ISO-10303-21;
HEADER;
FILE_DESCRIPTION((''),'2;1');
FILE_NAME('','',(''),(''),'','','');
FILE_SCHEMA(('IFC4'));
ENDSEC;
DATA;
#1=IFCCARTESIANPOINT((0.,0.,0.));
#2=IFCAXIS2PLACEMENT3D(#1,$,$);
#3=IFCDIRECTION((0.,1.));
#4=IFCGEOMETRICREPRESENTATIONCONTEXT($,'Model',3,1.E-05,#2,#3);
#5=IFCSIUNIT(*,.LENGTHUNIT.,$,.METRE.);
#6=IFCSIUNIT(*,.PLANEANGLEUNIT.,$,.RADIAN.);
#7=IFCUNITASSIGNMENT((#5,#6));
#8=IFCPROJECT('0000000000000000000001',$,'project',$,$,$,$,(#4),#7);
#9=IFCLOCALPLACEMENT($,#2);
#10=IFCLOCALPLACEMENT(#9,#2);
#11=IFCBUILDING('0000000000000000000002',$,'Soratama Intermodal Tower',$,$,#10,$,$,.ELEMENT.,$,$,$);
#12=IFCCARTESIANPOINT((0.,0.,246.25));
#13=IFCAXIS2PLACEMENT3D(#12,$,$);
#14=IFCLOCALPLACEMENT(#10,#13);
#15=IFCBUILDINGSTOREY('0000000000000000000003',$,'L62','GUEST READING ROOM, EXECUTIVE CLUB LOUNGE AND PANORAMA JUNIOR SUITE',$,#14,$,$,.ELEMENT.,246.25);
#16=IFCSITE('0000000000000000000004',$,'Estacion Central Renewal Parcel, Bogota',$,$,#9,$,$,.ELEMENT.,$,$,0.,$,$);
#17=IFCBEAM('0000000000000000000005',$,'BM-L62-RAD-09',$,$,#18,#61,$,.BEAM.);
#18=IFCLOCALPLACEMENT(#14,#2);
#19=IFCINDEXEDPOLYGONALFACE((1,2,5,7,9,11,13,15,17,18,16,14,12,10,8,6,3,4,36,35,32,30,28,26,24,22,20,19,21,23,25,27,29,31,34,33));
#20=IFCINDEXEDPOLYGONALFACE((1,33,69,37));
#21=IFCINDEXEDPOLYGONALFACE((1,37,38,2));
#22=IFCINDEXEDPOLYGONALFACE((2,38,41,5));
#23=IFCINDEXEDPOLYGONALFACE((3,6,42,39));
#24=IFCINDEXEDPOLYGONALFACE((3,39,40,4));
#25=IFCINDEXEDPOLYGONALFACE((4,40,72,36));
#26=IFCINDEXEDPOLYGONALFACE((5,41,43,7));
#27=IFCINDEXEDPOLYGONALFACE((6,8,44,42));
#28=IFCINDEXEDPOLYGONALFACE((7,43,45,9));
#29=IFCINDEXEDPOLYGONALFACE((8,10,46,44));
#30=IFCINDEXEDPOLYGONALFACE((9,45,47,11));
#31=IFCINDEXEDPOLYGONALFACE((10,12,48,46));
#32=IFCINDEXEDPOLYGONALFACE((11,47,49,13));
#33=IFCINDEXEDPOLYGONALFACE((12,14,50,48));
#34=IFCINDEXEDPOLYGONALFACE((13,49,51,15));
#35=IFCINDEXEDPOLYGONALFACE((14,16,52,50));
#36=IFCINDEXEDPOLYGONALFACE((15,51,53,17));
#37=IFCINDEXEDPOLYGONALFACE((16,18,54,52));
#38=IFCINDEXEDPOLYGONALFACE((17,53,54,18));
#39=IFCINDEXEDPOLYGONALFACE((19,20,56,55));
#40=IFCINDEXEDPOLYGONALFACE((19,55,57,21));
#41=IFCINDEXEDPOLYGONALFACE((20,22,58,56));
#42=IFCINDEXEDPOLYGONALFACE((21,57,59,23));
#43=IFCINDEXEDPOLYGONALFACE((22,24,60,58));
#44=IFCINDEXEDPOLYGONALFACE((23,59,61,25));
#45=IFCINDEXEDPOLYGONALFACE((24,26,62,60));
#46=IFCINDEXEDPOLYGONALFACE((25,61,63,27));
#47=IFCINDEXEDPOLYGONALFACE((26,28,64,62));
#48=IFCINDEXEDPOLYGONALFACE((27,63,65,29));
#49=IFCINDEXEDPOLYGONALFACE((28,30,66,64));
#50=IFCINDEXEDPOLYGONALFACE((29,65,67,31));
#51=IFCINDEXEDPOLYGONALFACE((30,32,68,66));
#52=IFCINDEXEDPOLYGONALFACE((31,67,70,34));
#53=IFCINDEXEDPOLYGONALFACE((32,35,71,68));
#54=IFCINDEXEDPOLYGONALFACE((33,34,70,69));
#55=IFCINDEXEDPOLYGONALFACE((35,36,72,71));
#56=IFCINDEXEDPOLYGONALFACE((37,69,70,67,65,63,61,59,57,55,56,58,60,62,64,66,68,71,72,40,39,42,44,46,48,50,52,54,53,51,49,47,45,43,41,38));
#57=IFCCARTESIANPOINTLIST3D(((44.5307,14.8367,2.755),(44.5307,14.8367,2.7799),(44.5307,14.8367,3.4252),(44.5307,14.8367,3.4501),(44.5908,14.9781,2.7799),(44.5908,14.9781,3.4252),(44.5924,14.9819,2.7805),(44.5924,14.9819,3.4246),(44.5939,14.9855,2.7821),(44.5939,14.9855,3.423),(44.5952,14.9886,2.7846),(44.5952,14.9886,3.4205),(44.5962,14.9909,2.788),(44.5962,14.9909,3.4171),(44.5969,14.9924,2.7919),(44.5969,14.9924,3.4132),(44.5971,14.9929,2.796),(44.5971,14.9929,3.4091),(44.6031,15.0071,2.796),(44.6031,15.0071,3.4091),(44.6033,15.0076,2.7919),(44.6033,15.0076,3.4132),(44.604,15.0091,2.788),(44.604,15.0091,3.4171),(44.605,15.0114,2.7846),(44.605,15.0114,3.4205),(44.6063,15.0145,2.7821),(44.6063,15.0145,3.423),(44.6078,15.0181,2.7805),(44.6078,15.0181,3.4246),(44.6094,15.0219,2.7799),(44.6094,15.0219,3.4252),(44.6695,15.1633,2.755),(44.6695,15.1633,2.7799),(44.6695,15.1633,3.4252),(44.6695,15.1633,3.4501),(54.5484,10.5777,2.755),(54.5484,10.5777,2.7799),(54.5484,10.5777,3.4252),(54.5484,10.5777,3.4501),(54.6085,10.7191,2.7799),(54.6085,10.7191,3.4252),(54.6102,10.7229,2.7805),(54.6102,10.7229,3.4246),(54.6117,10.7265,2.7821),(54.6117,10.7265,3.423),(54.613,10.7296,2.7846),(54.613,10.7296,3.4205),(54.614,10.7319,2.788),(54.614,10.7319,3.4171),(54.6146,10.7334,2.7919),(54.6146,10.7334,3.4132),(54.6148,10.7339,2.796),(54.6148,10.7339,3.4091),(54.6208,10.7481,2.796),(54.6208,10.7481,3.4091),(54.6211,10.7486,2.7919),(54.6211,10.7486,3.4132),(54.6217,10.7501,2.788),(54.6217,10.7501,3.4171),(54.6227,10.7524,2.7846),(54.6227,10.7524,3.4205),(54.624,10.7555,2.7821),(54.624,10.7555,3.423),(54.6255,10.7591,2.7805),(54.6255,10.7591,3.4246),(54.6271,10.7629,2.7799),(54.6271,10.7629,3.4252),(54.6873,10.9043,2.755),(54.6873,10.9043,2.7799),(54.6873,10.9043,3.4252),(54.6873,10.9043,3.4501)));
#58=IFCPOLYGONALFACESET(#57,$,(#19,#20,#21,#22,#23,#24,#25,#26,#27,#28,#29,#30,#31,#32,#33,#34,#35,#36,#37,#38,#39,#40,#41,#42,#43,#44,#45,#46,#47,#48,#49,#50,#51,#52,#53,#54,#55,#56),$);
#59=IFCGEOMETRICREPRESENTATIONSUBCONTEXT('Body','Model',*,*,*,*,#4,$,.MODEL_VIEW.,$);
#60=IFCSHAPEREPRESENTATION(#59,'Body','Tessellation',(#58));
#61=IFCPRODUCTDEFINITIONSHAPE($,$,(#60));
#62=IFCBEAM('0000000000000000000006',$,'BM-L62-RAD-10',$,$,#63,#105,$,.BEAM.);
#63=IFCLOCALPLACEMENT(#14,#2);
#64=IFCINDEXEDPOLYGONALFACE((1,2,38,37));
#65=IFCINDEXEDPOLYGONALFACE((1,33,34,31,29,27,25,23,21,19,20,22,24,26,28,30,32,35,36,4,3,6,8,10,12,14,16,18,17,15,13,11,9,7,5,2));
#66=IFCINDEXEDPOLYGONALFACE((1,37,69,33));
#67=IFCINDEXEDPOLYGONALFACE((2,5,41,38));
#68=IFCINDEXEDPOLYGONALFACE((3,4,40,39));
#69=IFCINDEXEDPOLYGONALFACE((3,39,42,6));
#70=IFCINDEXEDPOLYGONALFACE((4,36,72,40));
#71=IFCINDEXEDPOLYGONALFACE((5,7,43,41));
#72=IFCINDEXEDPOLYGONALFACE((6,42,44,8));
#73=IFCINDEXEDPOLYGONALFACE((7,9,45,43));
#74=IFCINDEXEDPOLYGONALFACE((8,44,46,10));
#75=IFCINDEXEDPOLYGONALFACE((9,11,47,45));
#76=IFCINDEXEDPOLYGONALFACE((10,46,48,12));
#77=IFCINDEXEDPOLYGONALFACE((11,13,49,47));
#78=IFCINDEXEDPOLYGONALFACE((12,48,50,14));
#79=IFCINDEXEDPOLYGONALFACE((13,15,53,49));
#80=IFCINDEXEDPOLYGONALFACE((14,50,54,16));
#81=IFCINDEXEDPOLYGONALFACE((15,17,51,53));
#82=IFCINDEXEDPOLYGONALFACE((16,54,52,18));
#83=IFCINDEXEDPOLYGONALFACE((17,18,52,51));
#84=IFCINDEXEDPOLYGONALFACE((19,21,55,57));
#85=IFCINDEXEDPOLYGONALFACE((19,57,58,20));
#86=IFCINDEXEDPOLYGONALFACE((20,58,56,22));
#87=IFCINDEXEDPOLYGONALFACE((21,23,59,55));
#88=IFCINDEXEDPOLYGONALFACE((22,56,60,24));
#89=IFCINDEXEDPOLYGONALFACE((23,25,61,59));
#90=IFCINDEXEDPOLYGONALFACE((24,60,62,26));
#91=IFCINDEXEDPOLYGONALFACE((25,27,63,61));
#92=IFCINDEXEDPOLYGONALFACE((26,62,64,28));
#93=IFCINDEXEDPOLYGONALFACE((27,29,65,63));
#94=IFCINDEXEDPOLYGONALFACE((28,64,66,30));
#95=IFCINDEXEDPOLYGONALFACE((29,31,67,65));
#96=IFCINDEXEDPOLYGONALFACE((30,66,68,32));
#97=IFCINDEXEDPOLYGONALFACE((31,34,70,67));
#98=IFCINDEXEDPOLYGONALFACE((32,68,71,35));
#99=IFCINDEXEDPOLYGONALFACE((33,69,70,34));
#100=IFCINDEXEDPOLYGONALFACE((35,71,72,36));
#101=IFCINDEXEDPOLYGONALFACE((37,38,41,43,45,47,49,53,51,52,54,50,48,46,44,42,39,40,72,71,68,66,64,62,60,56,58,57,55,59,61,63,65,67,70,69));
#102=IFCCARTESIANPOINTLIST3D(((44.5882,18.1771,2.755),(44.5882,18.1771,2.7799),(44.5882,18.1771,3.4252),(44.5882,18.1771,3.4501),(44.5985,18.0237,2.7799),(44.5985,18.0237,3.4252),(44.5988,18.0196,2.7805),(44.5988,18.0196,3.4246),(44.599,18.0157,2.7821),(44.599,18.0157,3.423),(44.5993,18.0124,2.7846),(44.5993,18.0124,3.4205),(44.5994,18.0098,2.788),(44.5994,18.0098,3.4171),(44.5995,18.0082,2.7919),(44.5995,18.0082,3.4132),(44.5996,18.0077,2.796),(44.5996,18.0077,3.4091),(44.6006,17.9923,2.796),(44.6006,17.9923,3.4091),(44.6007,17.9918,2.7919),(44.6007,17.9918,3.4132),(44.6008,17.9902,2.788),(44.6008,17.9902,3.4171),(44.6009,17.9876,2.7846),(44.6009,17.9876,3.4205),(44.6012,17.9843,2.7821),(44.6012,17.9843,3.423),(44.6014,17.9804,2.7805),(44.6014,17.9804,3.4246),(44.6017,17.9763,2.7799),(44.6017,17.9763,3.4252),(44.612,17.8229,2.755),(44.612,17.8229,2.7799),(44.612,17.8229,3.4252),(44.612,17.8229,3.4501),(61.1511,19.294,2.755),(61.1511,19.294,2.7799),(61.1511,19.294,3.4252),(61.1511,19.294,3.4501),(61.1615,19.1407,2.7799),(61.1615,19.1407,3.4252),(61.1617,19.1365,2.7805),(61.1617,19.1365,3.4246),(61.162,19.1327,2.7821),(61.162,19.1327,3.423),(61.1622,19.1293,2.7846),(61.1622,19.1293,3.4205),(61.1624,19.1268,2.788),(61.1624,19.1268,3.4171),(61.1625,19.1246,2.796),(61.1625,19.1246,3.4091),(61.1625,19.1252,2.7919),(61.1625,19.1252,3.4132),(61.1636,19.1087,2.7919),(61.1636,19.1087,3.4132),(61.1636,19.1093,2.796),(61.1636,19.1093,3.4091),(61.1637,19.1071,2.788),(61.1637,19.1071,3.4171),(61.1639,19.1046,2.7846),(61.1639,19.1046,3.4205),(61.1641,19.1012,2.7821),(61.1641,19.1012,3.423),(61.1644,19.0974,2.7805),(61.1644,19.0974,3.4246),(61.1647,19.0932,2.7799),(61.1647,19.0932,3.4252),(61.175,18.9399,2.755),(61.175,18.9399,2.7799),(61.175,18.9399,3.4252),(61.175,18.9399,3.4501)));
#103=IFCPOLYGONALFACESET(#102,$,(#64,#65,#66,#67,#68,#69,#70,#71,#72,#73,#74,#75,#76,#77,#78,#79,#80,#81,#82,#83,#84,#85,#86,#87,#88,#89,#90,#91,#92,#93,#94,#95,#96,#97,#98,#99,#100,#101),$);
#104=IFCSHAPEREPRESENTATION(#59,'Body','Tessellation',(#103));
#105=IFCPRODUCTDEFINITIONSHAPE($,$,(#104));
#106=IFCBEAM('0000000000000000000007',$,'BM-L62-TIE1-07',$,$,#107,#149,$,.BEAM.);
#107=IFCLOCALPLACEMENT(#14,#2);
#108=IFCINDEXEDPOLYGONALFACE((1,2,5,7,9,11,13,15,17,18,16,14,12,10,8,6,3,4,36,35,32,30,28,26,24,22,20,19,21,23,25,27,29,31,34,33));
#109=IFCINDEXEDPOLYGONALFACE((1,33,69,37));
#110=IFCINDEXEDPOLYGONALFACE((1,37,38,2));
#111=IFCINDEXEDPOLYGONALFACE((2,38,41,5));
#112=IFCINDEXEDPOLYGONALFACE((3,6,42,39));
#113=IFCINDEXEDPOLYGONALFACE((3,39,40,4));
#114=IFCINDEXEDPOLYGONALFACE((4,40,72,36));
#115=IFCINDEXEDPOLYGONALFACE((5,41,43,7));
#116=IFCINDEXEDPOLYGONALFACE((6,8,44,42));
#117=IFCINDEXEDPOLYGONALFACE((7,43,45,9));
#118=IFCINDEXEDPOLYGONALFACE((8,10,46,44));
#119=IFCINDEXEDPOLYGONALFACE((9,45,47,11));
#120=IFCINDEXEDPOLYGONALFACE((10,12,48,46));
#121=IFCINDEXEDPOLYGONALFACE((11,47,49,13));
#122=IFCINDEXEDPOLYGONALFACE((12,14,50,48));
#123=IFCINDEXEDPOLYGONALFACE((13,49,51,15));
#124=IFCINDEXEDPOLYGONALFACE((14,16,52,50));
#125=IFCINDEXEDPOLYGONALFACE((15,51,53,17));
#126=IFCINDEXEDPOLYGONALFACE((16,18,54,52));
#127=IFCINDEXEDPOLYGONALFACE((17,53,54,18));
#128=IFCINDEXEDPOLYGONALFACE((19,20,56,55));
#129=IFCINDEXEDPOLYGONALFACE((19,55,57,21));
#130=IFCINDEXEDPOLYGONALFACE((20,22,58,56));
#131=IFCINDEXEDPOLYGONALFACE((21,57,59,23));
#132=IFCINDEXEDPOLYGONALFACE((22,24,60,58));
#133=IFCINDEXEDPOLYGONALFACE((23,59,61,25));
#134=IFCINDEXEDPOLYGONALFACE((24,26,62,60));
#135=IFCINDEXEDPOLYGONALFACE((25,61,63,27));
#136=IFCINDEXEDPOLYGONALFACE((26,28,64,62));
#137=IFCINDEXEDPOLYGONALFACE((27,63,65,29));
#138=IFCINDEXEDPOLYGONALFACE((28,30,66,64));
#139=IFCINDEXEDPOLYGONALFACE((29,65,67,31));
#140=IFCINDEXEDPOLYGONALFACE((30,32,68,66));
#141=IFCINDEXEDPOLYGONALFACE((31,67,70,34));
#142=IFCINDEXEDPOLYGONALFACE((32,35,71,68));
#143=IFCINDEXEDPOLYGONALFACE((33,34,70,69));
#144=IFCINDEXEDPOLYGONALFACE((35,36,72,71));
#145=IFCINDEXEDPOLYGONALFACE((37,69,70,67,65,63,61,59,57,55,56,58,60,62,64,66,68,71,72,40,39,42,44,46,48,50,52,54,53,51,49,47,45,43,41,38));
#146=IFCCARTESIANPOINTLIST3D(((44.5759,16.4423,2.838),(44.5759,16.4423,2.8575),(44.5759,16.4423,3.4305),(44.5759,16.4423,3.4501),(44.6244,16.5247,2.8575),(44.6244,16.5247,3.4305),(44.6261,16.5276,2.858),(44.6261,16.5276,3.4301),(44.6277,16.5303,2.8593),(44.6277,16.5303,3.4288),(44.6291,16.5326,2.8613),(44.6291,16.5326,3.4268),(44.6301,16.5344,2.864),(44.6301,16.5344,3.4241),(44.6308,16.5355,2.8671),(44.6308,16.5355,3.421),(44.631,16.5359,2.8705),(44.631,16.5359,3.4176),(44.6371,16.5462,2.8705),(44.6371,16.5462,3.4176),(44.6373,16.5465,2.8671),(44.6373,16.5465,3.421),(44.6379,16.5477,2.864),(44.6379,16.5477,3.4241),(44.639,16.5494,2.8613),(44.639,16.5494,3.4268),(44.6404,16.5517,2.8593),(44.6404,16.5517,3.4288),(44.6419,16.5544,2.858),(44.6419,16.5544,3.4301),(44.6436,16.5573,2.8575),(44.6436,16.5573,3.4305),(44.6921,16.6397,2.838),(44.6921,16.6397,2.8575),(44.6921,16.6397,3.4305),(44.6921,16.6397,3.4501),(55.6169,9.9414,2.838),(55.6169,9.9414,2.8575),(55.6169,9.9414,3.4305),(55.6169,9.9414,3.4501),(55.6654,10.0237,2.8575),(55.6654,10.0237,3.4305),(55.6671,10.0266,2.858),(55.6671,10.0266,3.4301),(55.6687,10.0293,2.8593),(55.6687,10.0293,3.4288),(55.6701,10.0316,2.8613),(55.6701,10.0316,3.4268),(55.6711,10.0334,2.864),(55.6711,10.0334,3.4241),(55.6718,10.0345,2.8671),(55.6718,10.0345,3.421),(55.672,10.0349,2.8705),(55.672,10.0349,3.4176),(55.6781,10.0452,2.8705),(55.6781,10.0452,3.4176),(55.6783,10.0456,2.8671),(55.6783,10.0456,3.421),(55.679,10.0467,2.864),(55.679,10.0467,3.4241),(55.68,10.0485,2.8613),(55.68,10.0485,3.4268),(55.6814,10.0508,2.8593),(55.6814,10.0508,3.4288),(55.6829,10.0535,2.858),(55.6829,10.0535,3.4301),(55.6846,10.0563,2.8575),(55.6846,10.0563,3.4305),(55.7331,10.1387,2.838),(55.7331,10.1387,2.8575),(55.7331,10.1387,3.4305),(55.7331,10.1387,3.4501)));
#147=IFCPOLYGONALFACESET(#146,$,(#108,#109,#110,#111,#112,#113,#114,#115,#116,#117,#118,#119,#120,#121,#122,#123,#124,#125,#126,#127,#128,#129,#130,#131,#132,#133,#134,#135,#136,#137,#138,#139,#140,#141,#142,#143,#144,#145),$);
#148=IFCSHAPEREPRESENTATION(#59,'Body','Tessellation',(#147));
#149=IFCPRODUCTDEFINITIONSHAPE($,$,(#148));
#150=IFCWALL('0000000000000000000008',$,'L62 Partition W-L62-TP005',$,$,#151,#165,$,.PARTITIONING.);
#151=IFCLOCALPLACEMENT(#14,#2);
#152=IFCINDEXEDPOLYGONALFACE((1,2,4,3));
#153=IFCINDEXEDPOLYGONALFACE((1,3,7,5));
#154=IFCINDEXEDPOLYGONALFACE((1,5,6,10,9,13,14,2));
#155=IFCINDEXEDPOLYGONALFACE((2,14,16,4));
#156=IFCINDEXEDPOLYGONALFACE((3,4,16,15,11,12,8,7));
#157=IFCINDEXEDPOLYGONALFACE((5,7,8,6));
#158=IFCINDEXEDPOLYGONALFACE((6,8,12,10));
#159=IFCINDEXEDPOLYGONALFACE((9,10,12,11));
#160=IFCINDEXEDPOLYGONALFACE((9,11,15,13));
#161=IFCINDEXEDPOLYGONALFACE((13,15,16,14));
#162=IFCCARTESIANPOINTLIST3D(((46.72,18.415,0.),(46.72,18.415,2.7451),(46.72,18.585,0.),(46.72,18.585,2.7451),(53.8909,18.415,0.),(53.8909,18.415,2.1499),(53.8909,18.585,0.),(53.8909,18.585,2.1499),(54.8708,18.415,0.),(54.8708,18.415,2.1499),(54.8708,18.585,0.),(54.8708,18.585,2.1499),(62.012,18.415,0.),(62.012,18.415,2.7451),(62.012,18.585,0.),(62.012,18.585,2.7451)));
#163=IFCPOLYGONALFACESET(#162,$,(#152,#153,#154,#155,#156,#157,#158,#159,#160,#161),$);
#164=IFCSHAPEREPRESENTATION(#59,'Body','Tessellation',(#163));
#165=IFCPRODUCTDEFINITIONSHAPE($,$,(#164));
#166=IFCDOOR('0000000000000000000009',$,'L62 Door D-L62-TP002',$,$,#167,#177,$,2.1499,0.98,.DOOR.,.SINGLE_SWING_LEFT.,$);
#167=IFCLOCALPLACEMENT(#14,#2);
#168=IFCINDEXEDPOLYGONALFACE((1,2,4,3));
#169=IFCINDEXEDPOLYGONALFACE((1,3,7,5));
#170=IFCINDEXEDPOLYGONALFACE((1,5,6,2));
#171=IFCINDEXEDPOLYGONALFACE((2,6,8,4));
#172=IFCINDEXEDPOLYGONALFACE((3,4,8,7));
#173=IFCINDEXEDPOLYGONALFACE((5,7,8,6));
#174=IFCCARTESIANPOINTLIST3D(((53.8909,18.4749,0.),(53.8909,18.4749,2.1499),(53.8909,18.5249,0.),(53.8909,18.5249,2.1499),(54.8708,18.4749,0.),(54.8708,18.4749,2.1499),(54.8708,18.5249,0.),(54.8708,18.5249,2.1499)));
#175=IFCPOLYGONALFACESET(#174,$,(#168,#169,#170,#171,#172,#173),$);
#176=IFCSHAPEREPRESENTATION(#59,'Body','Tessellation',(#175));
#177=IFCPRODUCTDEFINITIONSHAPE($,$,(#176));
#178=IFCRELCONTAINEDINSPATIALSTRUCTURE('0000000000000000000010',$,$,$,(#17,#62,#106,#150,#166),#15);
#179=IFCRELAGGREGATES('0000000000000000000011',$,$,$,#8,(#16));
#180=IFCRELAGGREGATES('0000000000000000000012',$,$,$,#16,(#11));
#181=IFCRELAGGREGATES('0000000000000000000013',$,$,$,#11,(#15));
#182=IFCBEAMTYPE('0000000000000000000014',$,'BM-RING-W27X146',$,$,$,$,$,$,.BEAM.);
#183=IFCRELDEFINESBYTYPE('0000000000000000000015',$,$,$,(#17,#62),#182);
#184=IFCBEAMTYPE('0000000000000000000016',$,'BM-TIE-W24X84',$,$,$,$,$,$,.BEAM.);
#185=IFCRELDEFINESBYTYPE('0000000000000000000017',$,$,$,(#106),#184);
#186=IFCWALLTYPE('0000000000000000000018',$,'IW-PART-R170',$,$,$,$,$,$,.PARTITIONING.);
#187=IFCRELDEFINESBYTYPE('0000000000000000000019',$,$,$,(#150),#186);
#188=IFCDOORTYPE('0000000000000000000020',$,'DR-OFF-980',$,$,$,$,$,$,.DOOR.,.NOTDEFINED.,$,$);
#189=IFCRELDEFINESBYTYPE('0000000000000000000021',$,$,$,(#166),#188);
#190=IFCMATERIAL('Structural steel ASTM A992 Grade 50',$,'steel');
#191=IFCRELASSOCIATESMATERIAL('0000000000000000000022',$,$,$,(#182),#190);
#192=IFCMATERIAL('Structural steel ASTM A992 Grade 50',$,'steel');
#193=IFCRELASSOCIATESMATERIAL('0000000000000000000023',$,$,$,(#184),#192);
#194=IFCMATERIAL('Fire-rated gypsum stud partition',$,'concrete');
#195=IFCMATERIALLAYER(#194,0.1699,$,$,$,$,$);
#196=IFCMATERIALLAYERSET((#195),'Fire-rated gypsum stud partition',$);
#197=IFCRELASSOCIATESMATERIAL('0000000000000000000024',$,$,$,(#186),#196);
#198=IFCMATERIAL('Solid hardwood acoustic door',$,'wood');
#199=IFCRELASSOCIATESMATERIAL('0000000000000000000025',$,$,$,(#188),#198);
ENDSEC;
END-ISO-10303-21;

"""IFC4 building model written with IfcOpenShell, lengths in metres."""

from ifc_helpers import new_model, si_unit, direction, frame, frame_2d, origin, origin_2d, place, context, subcontext, project, spatial, rectangle, i_section, extrude, material, layer, layer_set, material_profile, profile_set, type_object, element, fill, save


model = new_model("IFC4")

# Units and contexts
model_context = context("Model", 3, precision=1e-05, world=origin(), true_north=direction((0.0, 1.0)))
body_context = subcontext(model_context, "Body", "Model", "MODEL_VIEW")
ifc_project = project(units=[si_unit("LENGTHUNIT", "METRE"), si_unit("PLANEANGLEUNIT", "RADIAN")], contexts=[model_context])

# Site, building, storey
site_placement = place(None, origin())
site = spatial("IfcSite", under=ifc_project, at=site_placement, Name="Estacion Central Renewal Parcel, Bogota", CompositionType="ELEMENT", RefElevation=0.0)
building_placement = place(site_placement, origin())
building = spatial("IfcBuilding", under=site, at=building_placement, Name="Soratama Intermodal Tower", CompositionType="ELEMENT")
storey_placement = place(building_placement, frame((0.0, 0.0, 246.25)))
storey = spatial("IfcBuildingStorey", under=building, at=storey_placement, Name="L62", Description="GUEST READING ROOM, EXECUTIVE CLUB LOUNGE AND PANORAMA JUNIOR SUITE", CompositionType="ELEMENT", Elevation=246.25)

# Beams
ifc_material_1 = material(Name="Structural steel ASTM A992 Grade 50", Category="steel")
ifc_material_profile_1 = material_profile(ifc_material_1, i_section(OverallWidth=0.355, OverallDepth=0.6951, WebThickness=0.0154, FlangeThickness=0.0249, FilletRadius=0.0161, at=origin_2d()), Name="W27X146")
ifc_profile_set_1 = profile_set([ifc_material_profile_1], Name="Structural steel ASTM A992 Grade 50")
beam_type_1 = type_object("IfcBeamType", Name="BM-RING-W27X146", PredefinedType="BEAM", material=ifc_profile_set_1)
beam_1_placement = place(storey_placement, frame((44.6001, 15.0, 3.1025), z_axis=(0.920283, -0.391254, 0.0), x_axis=(0.391254, 0.920283, 0.0)))
element("IfcBeam", 1, at=beam_1_placement, inside=storey, type_object=beam_type_1, Name="BM-L62-RAD-09", PredefinedType="BEAM", context=body_context, shape_type="SweptSolid", body=[
    extrude(i_section(OverallWidth=0.355, OverallDepth=0.6951, WebThickness=0.0154, FlangeThickness=0.0249, FilletRadius=0.0161, at=origin_2d()), origin(), (0.0, 0.0, 1.0), 10.8855),
])
beam_2_placement = place(storey_placement, frame((44.6001, 18.0, 3.1025), z_axis=(0.997734, 0.067283, 0.0), x_axis=(-0.067283, 0.997734, 0.0)))
element("IfcBeam", 2, at=beam_2_placement, inside=storey, type_object=beam_type_1, Name="BM-L62-RAD-10", PredefinedType="BEAM", context=body_context, shape_type="SweptSolid", body=[
    extrude(i_section(OverallWidth=0.355, OverallDepth=0.6951, WebThickness=0.0154, FlangeThickness=0.0249, FilletRadius=0.0161, at=origin_2d()), origin(), (0.0, 0.0, 1.0), 16.6006),
])
ifc_material_2 = material(Name="Structural steel ASTM A992 Grade 50", Category="steel")
ifc_material_profile_2 = material_profile(ifc_material_2, i_section(OverallWidth=0.229, OverallDepth=0.6121, WebThickness=0.012, FlangeThickness=0.0195, FilletRadius=0.0129, at=origin_2d()), Name="W24X84")
ifc_profile_set_2 = profile_set([ifc_material_profile_2], Name="Structural steel ASTM A992 Grade 50")
beam_type_2 = type_object("IfcBeamType", Name="BM-TIE-W24X84", PredefinedType="BEAM", material=ifc_profile_set_2)
beam_3_placement = place(storey_placement, frame((44.634, 16.541, 3.144), z_axis=(0.861721, -0.507383, 0.0), x_axis=(0.507383, 0.861721, 0.0)))
element("IfcBeam", 3, at=beam_3_placement, inside=storey, type_object=beam_type_2, Name="BM-L62-TIE1-07", PredefinedType="BEAM", context=body_context, shape_type="SweptSolid", body=[
    extrude(i_section(OverallWidth=0.229, OverallDepth=0.6121, WebThickness=0.012, FlangeThickness=0.0195, FilletRadius=0.0129, at=origin_2d()), origin(), (0.0, 0.0, 1.0), 12.8127),
])

# Wall, opening, door
ifc_material_3 = material(Name="Fire-rated gypsum stud partition", Category="concrete")
ifc_layer_1 = layer(ifc_material_3, 0.1699)
ifc_layer_set_1 = layer_set([ifc_layer_1], Name="Fire-rated gypsum stud partition")
wall_type_1 = type_object("IfcWallType", Name="IW-PART-R170", PredefinedType="PARTITIONING", material=ifc_layer_set_1)
wall_1_placement = place(storey_placement, frame((46.72, 18.5, 0.0), z_axis=(0.0, 0.0, 1.0), x_axis=(1.0, 0.0, 0.0)))
wall_1 = element("IfcWall", 4, at=wall_1_placement, inside=storey, type_object=wall_type_1, Name="L62 Partition W-L62-TP005", PredefinedType="PARTITIONING", context=body_context, shape_type="SweptSolid", body=[
    extrude(rectangle(XDim=15.292, YDim=0.1699, at=frame_2d((7.646, 0.0))), origin(), (0.0, 0.0, 1.0), 2.7451),
])
opening_1_placement = place(wall_1_placement, frame((7.1709, 0.0, 0.0)))
opening_1 = element("IfcOpeningElement", 5, at=opening_1_placement, cuts=wall_1, PredefinedType="OPENING", context=body_context, shape_type="SweptSolid", body=[
    extrude(rectangle(XDim=0.98, YDim=2.1499, at=frame_2d((0.49, 1.075))), frame((0.0, 0.095, 0.0), z_axis=(0.0, -1.0, 0.0), x_axis=(1.0, 0.0, 0.0)), (0.0, 0.0, 1.0), 0.1899),
])
ifc_material_4 = material(Name="Solid hardwood acoustic door", Category="wood")
door_type_1 = type_object("IfcDoorType", Name="DR-OFF-980", OperationType="NOTDEFINED", PredefinedType="DOOR", material=ifc_material_4)
door_1_placement = place(opening_1_placement, origin())
door_1 = element("IfcDoor", 6, at=door_1_placement, inside=storey, type_object=door_type_1, Name="L62 Door D-L62-TP002", OperationType="SINGLE_SWING_LEFT", OverallHeight=2.1499, OverallWidth=0.98, PredefinedType="DOOR", context=body_context, shape_type="SweptSolid", body=[
    extrude(rectangle(XDim=0.98, YDim=2.1499, at=frame_2d((0.49, 1.075))), frame((0.0, 0.0249, 0.0), z_axis=(0.0, -1.0, 0.0), x_axis=(1.0, 0.0, 0.0)), (0.0, 0.0, 1.0), 0.05),
])
fill(opening_1, door_1)

save(model, "model.ifc")
